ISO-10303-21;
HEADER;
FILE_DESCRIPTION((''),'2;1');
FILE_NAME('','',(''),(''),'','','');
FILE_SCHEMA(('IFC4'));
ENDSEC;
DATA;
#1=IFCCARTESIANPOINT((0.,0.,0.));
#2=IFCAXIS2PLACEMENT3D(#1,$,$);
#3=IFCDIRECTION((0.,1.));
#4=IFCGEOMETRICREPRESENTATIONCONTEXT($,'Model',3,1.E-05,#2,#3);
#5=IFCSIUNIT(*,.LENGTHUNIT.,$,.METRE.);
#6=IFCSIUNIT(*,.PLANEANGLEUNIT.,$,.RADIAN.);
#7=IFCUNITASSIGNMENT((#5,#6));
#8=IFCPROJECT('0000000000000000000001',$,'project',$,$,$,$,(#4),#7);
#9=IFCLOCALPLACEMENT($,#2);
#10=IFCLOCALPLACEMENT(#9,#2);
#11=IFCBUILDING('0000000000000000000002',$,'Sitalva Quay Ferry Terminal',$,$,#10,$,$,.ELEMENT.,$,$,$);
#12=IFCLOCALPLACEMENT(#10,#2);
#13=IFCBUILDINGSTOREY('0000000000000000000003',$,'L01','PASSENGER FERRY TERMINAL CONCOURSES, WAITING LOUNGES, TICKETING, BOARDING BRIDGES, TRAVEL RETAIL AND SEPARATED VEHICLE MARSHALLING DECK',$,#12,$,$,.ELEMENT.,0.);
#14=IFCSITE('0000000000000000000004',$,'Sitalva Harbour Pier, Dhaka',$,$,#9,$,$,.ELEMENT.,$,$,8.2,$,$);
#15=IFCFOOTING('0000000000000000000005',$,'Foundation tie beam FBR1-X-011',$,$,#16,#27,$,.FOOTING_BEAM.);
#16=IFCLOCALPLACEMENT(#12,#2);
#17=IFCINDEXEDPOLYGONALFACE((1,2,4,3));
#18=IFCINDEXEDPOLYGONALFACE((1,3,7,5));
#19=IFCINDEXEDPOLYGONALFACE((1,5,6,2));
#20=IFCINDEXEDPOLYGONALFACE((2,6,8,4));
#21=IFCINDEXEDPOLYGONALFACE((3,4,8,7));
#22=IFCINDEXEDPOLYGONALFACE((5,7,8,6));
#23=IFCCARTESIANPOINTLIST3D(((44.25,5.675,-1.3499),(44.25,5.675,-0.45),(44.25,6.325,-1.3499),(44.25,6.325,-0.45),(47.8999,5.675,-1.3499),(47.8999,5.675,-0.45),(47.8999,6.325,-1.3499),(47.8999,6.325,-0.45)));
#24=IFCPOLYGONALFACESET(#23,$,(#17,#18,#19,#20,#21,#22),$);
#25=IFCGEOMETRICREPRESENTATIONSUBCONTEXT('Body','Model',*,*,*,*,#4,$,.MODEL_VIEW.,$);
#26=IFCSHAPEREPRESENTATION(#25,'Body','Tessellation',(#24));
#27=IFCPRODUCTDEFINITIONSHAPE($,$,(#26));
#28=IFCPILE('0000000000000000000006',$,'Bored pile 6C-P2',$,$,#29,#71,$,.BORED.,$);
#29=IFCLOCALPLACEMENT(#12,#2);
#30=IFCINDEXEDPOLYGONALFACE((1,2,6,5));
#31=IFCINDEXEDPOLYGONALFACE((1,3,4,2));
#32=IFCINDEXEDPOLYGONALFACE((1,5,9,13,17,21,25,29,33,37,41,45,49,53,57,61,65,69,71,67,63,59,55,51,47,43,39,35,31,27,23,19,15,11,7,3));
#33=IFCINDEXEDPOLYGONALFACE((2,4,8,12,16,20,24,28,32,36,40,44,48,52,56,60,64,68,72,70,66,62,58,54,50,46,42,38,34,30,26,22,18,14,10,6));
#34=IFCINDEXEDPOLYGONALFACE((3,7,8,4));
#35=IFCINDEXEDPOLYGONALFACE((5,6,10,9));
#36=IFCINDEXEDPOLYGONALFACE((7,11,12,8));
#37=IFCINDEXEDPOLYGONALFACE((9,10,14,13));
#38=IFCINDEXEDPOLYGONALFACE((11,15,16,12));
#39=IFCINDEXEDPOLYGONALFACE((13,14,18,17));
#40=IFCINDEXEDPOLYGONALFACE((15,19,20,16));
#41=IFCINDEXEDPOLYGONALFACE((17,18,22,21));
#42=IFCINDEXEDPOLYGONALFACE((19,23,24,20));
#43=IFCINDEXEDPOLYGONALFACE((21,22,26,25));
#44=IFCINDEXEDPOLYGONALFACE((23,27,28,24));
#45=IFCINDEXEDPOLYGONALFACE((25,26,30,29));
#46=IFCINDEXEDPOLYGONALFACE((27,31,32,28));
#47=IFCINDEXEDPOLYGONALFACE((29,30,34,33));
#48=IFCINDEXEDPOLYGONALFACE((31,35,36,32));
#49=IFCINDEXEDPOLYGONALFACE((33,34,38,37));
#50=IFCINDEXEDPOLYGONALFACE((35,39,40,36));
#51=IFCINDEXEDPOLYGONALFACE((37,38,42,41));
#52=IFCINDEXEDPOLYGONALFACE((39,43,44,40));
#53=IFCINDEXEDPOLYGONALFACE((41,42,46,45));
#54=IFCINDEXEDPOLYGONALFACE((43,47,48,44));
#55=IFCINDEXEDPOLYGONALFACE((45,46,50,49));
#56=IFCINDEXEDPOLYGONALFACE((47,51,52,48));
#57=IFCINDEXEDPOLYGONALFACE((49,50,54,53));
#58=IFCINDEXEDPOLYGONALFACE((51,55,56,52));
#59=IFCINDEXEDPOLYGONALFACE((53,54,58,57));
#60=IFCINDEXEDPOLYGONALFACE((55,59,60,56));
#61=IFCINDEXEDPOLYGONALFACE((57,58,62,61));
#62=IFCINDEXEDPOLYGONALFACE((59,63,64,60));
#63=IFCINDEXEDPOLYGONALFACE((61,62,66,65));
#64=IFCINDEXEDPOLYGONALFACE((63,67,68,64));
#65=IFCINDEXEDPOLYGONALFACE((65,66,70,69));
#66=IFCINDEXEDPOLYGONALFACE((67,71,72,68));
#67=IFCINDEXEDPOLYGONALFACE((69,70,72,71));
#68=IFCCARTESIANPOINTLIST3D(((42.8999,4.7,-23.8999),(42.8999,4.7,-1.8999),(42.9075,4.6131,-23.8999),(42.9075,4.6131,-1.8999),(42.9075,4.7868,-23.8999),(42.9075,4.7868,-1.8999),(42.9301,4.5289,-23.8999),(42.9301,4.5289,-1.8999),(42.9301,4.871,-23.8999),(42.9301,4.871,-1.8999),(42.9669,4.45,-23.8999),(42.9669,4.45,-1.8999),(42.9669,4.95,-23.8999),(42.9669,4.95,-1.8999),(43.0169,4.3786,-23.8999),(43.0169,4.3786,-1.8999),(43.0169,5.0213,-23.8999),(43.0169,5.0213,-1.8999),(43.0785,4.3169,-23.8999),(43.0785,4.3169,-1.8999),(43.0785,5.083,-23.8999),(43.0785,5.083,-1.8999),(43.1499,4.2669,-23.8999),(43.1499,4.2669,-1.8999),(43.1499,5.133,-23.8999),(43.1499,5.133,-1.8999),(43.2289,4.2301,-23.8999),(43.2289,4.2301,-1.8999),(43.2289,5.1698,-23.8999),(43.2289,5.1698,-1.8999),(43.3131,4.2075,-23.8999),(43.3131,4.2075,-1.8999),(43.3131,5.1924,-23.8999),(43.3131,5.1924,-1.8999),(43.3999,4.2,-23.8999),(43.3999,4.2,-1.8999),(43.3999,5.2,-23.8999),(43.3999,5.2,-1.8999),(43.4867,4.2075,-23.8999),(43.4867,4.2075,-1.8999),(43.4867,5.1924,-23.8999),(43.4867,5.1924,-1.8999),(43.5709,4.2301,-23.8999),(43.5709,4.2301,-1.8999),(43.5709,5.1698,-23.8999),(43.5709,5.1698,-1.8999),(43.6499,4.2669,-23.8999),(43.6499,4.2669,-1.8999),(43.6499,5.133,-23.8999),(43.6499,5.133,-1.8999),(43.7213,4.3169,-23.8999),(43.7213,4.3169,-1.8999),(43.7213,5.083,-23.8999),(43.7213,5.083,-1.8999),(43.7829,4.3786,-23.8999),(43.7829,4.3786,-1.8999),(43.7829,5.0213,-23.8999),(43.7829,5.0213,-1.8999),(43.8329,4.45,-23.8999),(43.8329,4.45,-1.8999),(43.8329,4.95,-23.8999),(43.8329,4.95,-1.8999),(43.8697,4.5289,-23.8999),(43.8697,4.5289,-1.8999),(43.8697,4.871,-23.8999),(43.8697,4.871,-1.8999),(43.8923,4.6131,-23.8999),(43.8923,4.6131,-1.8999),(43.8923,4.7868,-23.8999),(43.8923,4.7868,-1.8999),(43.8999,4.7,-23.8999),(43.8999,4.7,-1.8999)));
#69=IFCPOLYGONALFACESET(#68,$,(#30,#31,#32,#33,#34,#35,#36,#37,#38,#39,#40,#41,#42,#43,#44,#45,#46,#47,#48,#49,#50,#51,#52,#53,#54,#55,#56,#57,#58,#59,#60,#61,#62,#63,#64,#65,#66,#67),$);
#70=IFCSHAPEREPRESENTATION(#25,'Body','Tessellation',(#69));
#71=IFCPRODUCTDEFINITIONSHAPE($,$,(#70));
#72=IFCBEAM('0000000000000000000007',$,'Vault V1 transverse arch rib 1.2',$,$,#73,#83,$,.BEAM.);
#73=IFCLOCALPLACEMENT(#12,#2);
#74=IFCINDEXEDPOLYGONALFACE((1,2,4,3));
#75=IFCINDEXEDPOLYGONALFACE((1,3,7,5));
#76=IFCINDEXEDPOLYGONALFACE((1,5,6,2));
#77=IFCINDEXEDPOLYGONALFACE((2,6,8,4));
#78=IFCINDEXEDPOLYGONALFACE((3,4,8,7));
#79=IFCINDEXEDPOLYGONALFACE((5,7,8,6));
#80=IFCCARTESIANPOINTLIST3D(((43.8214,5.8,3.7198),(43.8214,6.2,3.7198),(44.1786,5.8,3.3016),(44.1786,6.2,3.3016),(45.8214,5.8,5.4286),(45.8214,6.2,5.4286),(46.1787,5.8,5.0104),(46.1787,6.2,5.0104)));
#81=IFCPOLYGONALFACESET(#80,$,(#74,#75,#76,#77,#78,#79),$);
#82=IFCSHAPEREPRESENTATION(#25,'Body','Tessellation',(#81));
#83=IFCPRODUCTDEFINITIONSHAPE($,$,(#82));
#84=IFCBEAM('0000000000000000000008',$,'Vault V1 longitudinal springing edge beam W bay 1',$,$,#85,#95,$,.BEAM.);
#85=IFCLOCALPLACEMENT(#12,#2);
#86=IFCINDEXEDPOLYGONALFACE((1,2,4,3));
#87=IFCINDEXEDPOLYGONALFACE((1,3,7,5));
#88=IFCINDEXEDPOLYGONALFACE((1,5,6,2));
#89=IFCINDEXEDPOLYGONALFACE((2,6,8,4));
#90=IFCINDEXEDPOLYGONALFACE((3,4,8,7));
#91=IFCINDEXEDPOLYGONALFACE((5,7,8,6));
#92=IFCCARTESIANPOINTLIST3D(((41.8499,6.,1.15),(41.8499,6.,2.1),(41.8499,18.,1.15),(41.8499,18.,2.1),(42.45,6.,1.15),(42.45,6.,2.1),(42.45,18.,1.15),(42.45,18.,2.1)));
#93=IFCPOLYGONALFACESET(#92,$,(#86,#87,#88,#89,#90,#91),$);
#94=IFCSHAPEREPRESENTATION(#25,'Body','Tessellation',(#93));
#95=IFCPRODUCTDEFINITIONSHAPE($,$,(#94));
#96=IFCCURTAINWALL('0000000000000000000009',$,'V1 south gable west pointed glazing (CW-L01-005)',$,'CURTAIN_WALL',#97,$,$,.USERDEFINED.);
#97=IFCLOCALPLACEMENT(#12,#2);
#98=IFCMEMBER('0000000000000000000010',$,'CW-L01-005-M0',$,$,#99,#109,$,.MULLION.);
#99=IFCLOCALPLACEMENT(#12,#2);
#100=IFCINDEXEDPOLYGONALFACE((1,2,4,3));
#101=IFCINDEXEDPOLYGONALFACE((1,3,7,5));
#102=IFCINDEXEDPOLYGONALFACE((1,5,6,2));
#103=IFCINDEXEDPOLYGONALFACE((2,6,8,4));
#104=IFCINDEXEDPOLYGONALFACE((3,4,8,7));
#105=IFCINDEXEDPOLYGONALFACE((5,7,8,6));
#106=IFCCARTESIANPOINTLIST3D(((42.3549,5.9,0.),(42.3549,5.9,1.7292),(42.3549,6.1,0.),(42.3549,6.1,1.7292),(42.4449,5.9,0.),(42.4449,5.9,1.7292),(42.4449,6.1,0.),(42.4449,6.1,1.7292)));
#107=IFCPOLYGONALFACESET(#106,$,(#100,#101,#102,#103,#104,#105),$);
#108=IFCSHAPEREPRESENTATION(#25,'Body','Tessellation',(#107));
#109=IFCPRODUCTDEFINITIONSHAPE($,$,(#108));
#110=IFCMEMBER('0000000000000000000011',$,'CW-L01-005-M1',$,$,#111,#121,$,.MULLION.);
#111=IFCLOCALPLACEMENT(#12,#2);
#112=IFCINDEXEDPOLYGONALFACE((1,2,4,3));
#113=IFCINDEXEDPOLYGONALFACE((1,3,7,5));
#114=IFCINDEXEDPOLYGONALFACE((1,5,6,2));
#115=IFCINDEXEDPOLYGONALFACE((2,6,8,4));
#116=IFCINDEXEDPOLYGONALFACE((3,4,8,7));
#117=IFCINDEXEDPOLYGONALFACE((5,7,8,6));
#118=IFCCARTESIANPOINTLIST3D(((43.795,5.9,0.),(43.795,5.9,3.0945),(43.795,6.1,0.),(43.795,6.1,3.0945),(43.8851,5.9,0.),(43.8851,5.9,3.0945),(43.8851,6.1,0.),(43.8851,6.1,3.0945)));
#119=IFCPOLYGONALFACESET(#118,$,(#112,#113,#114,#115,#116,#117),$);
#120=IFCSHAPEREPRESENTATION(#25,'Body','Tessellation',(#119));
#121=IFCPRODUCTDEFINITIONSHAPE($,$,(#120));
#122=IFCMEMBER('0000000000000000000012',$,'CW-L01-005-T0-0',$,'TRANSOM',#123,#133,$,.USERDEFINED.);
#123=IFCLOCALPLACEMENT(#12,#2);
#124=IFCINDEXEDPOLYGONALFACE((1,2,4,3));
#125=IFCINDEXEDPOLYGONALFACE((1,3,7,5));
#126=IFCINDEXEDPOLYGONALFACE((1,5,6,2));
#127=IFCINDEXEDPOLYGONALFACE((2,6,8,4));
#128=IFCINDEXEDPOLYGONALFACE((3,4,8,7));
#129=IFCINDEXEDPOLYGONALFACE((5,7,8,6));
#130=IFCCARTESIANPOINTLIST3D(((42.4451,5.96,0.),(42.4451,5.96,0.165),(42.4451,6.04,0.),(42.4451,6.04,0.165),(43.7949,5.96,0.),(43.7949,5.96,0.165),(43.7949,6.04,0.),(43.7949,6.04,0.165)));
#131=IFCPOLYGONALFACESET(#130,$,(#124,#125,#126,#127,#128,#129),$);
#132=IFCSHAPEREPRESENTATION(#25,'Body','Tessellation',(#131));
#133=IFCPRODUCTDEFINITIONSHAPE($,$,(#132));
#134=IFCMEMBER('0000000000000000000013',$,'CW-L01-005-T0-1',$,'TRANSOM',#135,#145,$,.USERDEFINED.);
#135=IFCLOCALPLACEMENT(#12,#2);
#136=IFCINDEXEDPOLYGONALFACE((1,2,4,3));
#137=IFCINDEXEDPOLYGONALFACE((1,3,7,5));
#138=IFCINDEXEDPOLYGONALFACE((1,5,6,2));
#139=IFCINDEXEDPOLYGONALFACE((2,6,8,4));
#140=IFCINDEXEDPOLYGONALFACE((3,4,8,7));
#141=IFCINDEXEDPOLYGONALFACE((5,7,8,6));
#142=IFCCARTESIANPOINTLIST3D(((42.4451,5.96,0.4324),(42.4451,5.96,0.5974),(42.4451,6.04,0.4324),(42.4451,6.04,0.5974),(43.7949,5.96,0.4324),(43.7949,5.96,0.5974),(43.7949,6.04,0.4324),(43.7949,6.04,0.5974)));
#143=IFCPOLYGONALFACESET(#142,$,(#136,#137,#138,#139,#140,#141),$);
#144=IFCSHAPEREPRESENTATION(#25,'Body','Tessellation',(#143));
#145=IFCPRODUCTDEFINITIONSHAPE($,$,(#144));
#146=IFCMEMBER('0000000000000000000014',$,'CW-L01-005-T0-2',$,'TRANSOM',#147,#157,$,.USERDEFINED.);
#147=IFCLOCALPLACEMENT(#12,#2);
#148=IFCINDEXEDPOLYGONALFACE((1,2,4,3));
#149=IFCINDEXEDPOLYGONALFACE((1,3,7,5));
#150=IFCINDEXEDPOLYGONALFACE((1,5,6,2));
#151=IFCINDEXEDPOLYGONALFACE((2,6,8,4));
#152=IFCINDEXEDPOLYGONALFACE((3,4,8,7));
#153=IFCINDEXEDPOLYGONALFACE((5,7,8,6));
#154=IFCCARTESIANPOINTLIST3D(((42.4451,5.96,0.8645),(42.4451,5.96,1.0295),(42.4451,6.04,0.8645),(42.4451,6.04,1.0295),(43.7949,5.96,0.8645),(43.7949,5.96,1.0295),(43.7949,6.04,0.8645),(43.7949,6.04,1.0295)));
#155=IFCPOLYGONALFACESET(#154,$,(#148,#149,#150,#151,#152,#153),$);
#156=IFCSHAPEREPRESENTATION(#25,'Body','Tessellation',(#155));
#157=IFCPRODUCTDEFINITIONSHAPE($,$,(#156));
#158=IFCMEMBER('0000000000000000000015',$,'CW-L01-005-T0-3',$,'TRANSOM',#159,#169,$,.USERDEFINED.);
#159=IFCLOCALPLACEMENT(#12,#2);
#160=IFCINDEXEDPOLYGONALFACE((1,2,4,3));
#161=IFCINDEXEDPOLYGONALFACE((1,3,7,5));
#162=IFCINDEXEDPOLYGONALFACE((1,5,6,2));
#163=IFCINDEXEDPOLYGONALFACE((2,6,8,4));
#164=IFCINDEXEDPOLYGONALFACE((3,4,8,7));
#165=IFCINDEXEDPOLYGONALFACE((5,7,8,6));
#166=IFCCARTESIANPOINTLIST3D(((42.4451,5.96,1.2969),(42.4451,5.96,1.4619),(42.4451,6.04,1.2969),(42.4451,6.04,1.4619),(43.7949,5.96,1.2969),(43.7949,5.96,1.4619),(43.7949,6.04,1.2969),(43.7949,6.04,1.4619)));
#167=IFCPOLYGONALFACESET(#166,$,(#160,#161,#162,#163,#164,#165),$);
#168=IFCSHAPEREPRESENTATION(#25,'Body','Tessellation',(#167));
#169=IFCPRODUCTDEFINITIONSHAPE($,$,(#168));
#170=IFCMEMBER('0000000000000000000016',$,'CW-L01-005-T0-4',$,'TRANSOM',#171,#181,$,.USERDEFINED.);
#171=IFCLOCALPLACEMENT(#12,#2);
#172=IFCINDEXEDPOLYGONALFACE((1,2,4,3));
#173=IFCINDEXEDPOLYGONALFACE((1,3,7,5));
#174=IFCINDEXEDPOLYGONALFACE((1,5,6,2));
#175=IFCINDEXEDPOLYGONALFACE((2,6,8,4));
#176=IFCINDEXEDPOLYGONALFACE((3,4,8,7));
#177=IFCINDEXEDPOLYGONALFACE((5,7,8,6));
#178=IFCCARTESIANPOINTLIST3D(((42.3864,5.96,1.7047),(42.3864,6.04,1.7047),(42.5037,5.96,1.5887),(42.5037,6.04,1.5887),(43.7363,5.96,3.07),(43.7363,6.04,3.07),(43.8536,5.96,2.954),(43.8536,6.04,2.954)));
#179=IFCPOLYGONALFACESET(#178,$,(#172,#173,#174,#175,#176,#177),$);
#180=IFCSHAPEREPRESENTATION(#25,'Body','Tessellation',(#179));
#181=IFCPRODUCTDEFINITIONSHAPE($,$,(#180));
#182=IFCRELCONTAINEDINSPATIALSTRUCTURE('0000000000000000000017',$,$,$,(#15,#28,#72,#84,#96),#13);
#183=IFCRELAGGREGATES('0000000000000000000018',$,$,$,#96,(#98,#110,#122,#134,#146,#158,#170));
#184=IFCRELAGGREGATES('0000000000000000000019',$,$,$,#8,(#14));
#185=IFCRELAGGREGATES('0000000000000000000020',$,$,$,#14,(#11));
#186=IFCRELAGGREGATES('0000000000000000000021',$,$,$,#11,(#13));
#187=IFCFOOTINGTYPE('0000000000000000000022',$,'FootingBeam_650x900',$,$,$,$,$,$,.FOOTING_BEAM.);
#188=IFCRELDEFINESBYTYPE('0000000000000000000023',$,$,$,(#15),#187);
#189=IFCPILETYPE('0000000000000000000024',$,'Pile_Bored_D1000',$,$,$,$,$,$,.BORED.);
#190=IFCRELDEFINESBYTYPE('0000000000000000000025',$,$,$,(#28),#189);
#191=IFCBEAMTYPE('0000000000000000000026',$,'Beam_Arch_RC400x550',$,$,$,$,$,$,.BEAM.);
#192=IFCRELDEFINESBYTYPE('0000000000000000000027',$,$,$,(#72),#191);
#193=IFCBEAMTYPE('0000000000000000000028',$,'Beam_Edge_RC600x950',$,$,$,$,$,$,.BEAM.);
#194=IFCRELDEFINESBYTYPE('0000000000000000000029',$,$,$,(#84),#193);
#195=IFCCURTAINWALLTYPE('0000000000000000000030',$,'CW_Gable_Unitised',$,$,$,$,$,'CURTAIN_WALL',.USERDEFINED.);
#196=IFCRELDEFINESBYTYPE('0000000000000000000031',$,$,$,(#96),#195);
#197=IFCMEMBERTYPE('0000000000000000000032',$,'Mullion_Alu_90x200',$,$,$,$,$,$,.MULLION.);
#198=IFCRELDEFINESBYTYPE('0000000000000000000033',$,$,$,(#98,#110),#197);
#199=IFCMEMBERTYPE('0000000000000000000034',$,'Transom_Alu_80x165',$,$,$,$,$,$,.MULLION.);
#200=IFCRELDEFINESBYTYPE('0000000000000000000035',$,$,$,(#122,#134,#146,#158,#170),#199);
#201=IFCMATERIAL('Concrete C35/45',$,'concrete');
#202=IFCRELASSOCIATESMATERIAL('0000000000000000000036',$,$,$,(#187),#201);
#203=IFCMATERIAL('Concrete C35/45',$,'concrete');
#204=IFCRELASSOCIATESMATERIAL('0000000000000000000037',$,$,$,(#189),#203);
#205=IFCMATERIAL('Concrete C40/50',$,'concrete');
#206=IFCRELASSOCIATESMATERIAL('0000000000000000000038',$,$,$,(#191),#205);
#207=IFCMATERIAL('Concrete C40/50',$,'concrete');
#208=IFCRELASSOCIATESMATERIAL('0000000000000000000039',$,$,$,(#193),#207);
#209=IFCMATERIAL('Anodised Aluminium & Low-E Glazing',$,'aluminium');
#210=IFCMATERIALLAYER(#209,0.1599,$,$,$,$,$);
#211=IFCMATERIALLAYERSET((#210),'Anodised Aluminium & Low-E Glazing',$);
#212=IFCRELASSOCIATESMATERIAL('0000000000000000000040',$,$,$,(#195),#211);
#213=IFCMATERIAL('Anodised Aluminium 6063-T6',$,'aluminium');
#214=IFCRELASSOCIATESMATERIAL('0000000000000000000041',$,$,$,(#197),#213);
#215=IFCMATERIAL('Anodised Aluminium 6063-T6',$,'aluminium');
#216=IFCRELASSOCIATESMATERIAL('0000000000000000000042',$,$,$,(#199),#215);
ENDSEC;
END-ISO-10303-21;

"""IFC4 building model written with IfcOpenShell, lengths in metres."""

from ifc_helpers import new_model, si_unit, direction, frame, origin, origin_2d, place, context, subcontext, project, spatial, rectangle, circle, extrude, material, layer, layer_set, material_profile, profile_set, type_object, element, aggregate, save


model = new_model("IFC4")

# Units and contexts
model_context = context("Model", 3, precision=1e-05, world=origin(), true_north=direction((0.0, 1.0)))
body_context = subcontext(model_context, "Body", "Model", "MODEL_VIEW")
ifc_project = project(units=[si_unit("LENGTHUNIT", "METRE"), si_unit("PLANEANGLEUNIT", "RADIAN")], contexts=[model_context])

# Site, building, storey
site_placement = place(None, origin())
site = spatial("IfcSite", under=ifc_project, at=site_placement, Name="Sitalva Harbour Pier, Dhaka", CompositionType="ELEMENT", RefElevation=8.2)
building_placement = place(site_placement, origin())
building = spatial("IfcBuilding", under=site, at=building_placement, Name="Sitalva Quay Ferry Terminal", CompositionType="ELEMENT")
storey_placement = place(building_placement, origin())
storey = spatial("IfcBuildingStorey", under=building, at=storey_placement, Name="L01", Description="PASSENGER FERRY TERMINAL CONCOURSES, WAITING LOUNGES, TICKETING, BOARDING BRIDGES, TRAVEL RETAIL AND SEPARATED VEHICLE MARSHALLING DECK", CompositionType="ELEMENT", Elevation=0.0)

# Footing
ifc_material_1 = material(Name="Concrete C35/45", Category="concrete")
ifc_material_profile_1 = material_profile(ifc_material_1, rectangle(XDim=0.6499, YDim=0.8999, at=origin_2d()), Name="RC650x900")
ifc_profile_set_1 = profile_set([ifc_material_profile_1], Name="Concrete C35/45")
footing_type = type_object("IfcFootingType", Name="FootingBeam_650x900", PredefinedType="FOOTING_BEAM", material=ifc_profile_set_1)
footing_placement = place(storey_placement, frame((44.25, 6.0, -0.8999), z_axis=(1.0, 0.0, 0.0), x_axis=(0.0, 1.0, 0.0)))
element("IfcFooting", 1, at=footing_placement, inside=storey, type_object=footing_type, Name="Foundation tie beam FBR1-X-011", PredefinedType="FOOTING_BEAM", context=body_context, shape_type="SweptSolid", body=[
    extrude(rectangle(XDim=0.6499, YDim=0.8999, at=origin_2d()), origin(), (0.0, 0.0, 1.0), 3.6499),
])

# Pile
ifc_material_2 = material(Name="Concrete C35/45", Category="concrete")
ifc_material_profile_2 = material_profile(ifc_material_2, circle(Radius=0.5, at=origin_2d()), Name="PILE-D1000")
ifc_profile_set_2 = profile_set([ifc_material_profile_2], Name="Concrete C35/45")
pile_type = type_object("IfcPileType", Name="Pile_Bored_D1000", PredefinedType="BORED", material=ifc_profile_set_2)
pile_placement = place(storey_placement, frame((43.3999, 4.7, -1.8999), z_axis=(0.0, 0.0, -1.0), x_axis=(1.0, 0.0, 0.0)))
element("IfcPile", 2, at=pile_placement, inside=storey, type_object=pile_type, Name="Bored pile 6C-P2", PredefinedType="BORED", context=body_context, shape_type="SweptSolid", body=[
    extrude(circle(Radius=0.5, at=origin_2d()), origin(), (0.0, 0.0, 1.0), 22.0),
])

# Beams
ifc_material_3 = material(Name="Concrete C40/50", Category="concrete")
ifc_material_profile_3 = material_profile(ifc_material_3, rectangle(XDim=0.3999, YDim=0.55, at=origin_2d()), Name="RC400x550")
ifc_profile_set_3 = profile_set([ifc_material_profile_3], Name="Concrete C40/50")
beam_type_1 = type_object("IfcBeamType", Name="Beam_Arch_RC400x550", PredefinedType="BEAM", material=ifc_profile_set_3)
beam_1_placement = place(storey_placement, frame((44.0, 6.0, 3.5107), z_axis=(0.760297, 0.0, 0.649575), x_axis=(0.0, 1.0, 0.0)))
element("IfcBeam", 3, at=beam_1_placement, inside=storey, type_object=beam_type_1, Name="Vault V1 transverse arch rib 1.2", PredefinedType="BEAM", context=body_context, shape_type="SweptSolid", body=[
    extrude(rectangle(XDim=0.3999, YDim=0.55, at=origin_2d()), origin(), (0.0, 0.0, 1.0), 2.6306),
])
ifc_material_4 = material(Name="Concrete C40/50", Category="concrete")
ifc_material_profile_4 = material_profile(ifc_material_4, rectangle(XDim=0.6001, YDim=0.95, at=origin_2d()), Name="RC600x950")
ifc_profile_set_4 = profile_set([ifc_material_profile_4], Name="Concrete C40/50")
beam_type_2 = type_object("IfcBeamType", Name="Beam_Edge_RC600x950", PredefinedType="BEAM", material=ifc_profile_set_4)
beam_2_placement = place(storey_placement, frame((42.1499, 6.0, 1.625), z_axis=(0.0, 1.0, 0.0), x_axis=(-1.0, 0.0, 0.0)))
element("IfcBeam", 4, at=beam_2_placement, inside=storey, type_object=beam_type_2, Name="Vault V1 longitudinal springing edge beam W bay 1", PredefinedType="BEAM", context=body_context, shape_type="SweptSolid", body=[
    extrude(rectangle(XDim=0.6001, YDim=0.95, at=origin_2d()), origin(), (0.0, 0.0, 1.0), 12.0),
])

# Curtain wall, members
ifc_material_5 = material(Name="Anodised Aluminium & Low-E Glazing", Category="aluminium")
ifc_layer_1 = layer(ifc_material_5, 0.1599)
ifc_layer_set_1 = layer_set([ifc_layer_1], Name="Anodised Aluminium & Low-E Glazing")
curtain_wall_type = type_object("IfcCurtainWallType", Name="CW_Gable_Unitised", ElementType="CURTAIN_WALL", PredefinedType="USERDEFINED", material=ifc_layer_set_1)
curtain_wall_placement = place(storey_placement, origin())
curtain_wall = element("IfcCurtainWall", 5, at=curtain_wall_placement, inside=storey, type_object=curtain_wall_type, Name="V1 south gable west pointed glazing (CW-L01-005)", ObjectType="CURTAIN_WALL", PredefinedType="USERDEFINED")
ifc_material_6 = material(Name="Anodised Aluminium 6063-T6", Category="aluminium")
ifc_material_profile_5 = material_profile(ifc_material_6, rectangle(XDim=0.0901, YDim=0.2, at=origin_2d()), Name="ALU90x200")
ifc_profile_set_5 = profile_set([ifc_material_profile_5], Name="Anodised Aluminium 6063-T6")
member_type_1 = type_object("IfcMemberType", Name="Mullion_Alu_90x200", PredefinedType="MULLION", material=ifc_profile_set_5)
member_1_placement = place(storey_placement, frame((42.3999, 6.0, 0.0), z_axis=(0.0, 0.0, 1.0), x_axis=(1.0, 0.0, 0.0)))
member_1 = element("IfcMember", 6, at=member_1_placement, type_object=member_type_1, Name="CW-L01-005-M0", PredefinedType="MULLION", context=body_context, shape_type="SweptSolid", body=[
    extrude(rectangle(XDim=0.0901, YDim=0.2, at=origin_2d()), origin(), (0.0, 0.0, 1.0), 1.7292),
])
member_2_placement = place(storey_placement, frame((43.8401, 6.0, 0.0), z_axis=(0.0, 0.0, 1.0), x_axis=(1.0, 0.0, 0.0)))
member_2 = element("IfcMember", 7, at=member_2_placement, type_object=member_type_1, Name="CW-L01-005-M1", PredefinedType="MULLION", context=body_context, shape_type="SweptSolid", body=[
    extrude(rectangle(XDim=0.0901, YDim=0.2, at=origin_2d()), origin(), (0.0, 0.0, 1.0), 3.0945),
])
ifc_material_7 = material(Name="Anodised Aluminium 6063-T6", Category="aluminium")
ifc_material_profile_6 = material_profile(ifc_material_7, rectangle(XDim=0.0801, YDim=0.165, at=origin_2d()), Name="ALU80x165")
ifc_profile_set_6 = profile_set([ifc_material_profile_6], Name="Anodised Aluminium 6063-T6")
member_type_2 = type_object("IfcMemberType", Name="Transom_Alu_80x165", PredefinedType="MULLION", material=ifc_profile_set_6)
member_3_placement = place(storey_placement, frame((42.4451, 6.0, 0.0825), z_axis=(1.0, 0.0, 0.0), x_axis=(0.0, 1.0, 0.0)))
member_3 = element("IfcMember", 8, at=member_3_placement, type_object=member_type_2, Name="CW-L01-005-T0-0", ObjectType="TRANSOM", PredefinedType="USERDEFINED", context=body_context, shape_type="SweptSolid", body=[
    extrude(rectangle(XDim=0.0801, YDim=0.165, at=origin_2d()), origin(), (0.0, 0.0, 1.0), 1.3499),
])
member_4_placement = place(storey_placement, frame((42.4451, 6.0, 0.5149), z_axis=(1.0, 0.0, 0.0), x_axis=(0.0, 1.0, 0.0)))
member_4 = element("IfcMember", 9, at=member_4_placement, type_object=member_type_2, Name="CW-L01-005-T0-1", ObjectType="TRANSOM", PredefinedType="USERDEFINED", context=body_context, shape_type="SweptSolid", body=[
    extrude(rectangle(XDim=0.0801, YDim=0.165, at=origin_2d()), origin(), (0.0, 0.0, 1.0), 1.3499),
])
member_5_placement = place(storey_placement, frame((42.4451, 6.0, 0.947), z_axis=(1.0, 0.0, 0.0), x_axis=(0.0, 1.0, 0.0)))
member_5 = element("IfcMember", 10, at=member_5_placement, type_object=member_type_2, Name="CW-L01-005-T0-2", ObjectType="TRANSOM", PredefinedType="USERDEFINED", context=body_context, shape_type="SweptSolid", body=[
    extrude(rectangle(XDim=0.0801, YDim=0.165, at=origin_2d()), origin(), (0.0, 0.0, 1.0), 1.3499),
])
member_6_placement = place(storey_placement, frame((42.4451, 6.0, 1.3794), z_axis=(1.0, 0.0, 0.0), x_axis=(0.0, 1.0, 0.0)))
member_6 = element("IfcMember", 11, at=member_6_placement, type_object=member_type_2, Name="CW-L01-005-T0-3", ObjectType="TRANSOM", PredefinedType="USERDEFINED", context=body_context, shape_type="SweptSolid", body=[
    extrude(rectangle(XDim=0.0801, YDim=0.165, at=origin_2d()), origin(), (0.0, 0.0, 1.0), 1.3499),
])
member_7_placement = place(storey_placement, frame((42.4451, 6.0, 1.6467), z_axis=(0.70309, 0.0, 0.711101), x_axis=(0.0, 1.0, 0.0)))
member_7 = element("IfcMember", 12, at=member_7_placement, type_object=member_type_2, Name="CW-L01-005-T0-4", ObjectType="TRANSOM", PredefinedType="USERDEFINED", context=body_context, shape_type="SweptSolid", body=[
    extrude(rectangle(XDim=0.0801, YDim=0.165, at=origin_2d()), origin(), (0.0, 0.0, 1.0), 1.9199),
])
aggregate(curtain_wall, [member_1, member_2, member_3, member_4, member_5, member_6, member_7])

save(model, "model.ifc")
